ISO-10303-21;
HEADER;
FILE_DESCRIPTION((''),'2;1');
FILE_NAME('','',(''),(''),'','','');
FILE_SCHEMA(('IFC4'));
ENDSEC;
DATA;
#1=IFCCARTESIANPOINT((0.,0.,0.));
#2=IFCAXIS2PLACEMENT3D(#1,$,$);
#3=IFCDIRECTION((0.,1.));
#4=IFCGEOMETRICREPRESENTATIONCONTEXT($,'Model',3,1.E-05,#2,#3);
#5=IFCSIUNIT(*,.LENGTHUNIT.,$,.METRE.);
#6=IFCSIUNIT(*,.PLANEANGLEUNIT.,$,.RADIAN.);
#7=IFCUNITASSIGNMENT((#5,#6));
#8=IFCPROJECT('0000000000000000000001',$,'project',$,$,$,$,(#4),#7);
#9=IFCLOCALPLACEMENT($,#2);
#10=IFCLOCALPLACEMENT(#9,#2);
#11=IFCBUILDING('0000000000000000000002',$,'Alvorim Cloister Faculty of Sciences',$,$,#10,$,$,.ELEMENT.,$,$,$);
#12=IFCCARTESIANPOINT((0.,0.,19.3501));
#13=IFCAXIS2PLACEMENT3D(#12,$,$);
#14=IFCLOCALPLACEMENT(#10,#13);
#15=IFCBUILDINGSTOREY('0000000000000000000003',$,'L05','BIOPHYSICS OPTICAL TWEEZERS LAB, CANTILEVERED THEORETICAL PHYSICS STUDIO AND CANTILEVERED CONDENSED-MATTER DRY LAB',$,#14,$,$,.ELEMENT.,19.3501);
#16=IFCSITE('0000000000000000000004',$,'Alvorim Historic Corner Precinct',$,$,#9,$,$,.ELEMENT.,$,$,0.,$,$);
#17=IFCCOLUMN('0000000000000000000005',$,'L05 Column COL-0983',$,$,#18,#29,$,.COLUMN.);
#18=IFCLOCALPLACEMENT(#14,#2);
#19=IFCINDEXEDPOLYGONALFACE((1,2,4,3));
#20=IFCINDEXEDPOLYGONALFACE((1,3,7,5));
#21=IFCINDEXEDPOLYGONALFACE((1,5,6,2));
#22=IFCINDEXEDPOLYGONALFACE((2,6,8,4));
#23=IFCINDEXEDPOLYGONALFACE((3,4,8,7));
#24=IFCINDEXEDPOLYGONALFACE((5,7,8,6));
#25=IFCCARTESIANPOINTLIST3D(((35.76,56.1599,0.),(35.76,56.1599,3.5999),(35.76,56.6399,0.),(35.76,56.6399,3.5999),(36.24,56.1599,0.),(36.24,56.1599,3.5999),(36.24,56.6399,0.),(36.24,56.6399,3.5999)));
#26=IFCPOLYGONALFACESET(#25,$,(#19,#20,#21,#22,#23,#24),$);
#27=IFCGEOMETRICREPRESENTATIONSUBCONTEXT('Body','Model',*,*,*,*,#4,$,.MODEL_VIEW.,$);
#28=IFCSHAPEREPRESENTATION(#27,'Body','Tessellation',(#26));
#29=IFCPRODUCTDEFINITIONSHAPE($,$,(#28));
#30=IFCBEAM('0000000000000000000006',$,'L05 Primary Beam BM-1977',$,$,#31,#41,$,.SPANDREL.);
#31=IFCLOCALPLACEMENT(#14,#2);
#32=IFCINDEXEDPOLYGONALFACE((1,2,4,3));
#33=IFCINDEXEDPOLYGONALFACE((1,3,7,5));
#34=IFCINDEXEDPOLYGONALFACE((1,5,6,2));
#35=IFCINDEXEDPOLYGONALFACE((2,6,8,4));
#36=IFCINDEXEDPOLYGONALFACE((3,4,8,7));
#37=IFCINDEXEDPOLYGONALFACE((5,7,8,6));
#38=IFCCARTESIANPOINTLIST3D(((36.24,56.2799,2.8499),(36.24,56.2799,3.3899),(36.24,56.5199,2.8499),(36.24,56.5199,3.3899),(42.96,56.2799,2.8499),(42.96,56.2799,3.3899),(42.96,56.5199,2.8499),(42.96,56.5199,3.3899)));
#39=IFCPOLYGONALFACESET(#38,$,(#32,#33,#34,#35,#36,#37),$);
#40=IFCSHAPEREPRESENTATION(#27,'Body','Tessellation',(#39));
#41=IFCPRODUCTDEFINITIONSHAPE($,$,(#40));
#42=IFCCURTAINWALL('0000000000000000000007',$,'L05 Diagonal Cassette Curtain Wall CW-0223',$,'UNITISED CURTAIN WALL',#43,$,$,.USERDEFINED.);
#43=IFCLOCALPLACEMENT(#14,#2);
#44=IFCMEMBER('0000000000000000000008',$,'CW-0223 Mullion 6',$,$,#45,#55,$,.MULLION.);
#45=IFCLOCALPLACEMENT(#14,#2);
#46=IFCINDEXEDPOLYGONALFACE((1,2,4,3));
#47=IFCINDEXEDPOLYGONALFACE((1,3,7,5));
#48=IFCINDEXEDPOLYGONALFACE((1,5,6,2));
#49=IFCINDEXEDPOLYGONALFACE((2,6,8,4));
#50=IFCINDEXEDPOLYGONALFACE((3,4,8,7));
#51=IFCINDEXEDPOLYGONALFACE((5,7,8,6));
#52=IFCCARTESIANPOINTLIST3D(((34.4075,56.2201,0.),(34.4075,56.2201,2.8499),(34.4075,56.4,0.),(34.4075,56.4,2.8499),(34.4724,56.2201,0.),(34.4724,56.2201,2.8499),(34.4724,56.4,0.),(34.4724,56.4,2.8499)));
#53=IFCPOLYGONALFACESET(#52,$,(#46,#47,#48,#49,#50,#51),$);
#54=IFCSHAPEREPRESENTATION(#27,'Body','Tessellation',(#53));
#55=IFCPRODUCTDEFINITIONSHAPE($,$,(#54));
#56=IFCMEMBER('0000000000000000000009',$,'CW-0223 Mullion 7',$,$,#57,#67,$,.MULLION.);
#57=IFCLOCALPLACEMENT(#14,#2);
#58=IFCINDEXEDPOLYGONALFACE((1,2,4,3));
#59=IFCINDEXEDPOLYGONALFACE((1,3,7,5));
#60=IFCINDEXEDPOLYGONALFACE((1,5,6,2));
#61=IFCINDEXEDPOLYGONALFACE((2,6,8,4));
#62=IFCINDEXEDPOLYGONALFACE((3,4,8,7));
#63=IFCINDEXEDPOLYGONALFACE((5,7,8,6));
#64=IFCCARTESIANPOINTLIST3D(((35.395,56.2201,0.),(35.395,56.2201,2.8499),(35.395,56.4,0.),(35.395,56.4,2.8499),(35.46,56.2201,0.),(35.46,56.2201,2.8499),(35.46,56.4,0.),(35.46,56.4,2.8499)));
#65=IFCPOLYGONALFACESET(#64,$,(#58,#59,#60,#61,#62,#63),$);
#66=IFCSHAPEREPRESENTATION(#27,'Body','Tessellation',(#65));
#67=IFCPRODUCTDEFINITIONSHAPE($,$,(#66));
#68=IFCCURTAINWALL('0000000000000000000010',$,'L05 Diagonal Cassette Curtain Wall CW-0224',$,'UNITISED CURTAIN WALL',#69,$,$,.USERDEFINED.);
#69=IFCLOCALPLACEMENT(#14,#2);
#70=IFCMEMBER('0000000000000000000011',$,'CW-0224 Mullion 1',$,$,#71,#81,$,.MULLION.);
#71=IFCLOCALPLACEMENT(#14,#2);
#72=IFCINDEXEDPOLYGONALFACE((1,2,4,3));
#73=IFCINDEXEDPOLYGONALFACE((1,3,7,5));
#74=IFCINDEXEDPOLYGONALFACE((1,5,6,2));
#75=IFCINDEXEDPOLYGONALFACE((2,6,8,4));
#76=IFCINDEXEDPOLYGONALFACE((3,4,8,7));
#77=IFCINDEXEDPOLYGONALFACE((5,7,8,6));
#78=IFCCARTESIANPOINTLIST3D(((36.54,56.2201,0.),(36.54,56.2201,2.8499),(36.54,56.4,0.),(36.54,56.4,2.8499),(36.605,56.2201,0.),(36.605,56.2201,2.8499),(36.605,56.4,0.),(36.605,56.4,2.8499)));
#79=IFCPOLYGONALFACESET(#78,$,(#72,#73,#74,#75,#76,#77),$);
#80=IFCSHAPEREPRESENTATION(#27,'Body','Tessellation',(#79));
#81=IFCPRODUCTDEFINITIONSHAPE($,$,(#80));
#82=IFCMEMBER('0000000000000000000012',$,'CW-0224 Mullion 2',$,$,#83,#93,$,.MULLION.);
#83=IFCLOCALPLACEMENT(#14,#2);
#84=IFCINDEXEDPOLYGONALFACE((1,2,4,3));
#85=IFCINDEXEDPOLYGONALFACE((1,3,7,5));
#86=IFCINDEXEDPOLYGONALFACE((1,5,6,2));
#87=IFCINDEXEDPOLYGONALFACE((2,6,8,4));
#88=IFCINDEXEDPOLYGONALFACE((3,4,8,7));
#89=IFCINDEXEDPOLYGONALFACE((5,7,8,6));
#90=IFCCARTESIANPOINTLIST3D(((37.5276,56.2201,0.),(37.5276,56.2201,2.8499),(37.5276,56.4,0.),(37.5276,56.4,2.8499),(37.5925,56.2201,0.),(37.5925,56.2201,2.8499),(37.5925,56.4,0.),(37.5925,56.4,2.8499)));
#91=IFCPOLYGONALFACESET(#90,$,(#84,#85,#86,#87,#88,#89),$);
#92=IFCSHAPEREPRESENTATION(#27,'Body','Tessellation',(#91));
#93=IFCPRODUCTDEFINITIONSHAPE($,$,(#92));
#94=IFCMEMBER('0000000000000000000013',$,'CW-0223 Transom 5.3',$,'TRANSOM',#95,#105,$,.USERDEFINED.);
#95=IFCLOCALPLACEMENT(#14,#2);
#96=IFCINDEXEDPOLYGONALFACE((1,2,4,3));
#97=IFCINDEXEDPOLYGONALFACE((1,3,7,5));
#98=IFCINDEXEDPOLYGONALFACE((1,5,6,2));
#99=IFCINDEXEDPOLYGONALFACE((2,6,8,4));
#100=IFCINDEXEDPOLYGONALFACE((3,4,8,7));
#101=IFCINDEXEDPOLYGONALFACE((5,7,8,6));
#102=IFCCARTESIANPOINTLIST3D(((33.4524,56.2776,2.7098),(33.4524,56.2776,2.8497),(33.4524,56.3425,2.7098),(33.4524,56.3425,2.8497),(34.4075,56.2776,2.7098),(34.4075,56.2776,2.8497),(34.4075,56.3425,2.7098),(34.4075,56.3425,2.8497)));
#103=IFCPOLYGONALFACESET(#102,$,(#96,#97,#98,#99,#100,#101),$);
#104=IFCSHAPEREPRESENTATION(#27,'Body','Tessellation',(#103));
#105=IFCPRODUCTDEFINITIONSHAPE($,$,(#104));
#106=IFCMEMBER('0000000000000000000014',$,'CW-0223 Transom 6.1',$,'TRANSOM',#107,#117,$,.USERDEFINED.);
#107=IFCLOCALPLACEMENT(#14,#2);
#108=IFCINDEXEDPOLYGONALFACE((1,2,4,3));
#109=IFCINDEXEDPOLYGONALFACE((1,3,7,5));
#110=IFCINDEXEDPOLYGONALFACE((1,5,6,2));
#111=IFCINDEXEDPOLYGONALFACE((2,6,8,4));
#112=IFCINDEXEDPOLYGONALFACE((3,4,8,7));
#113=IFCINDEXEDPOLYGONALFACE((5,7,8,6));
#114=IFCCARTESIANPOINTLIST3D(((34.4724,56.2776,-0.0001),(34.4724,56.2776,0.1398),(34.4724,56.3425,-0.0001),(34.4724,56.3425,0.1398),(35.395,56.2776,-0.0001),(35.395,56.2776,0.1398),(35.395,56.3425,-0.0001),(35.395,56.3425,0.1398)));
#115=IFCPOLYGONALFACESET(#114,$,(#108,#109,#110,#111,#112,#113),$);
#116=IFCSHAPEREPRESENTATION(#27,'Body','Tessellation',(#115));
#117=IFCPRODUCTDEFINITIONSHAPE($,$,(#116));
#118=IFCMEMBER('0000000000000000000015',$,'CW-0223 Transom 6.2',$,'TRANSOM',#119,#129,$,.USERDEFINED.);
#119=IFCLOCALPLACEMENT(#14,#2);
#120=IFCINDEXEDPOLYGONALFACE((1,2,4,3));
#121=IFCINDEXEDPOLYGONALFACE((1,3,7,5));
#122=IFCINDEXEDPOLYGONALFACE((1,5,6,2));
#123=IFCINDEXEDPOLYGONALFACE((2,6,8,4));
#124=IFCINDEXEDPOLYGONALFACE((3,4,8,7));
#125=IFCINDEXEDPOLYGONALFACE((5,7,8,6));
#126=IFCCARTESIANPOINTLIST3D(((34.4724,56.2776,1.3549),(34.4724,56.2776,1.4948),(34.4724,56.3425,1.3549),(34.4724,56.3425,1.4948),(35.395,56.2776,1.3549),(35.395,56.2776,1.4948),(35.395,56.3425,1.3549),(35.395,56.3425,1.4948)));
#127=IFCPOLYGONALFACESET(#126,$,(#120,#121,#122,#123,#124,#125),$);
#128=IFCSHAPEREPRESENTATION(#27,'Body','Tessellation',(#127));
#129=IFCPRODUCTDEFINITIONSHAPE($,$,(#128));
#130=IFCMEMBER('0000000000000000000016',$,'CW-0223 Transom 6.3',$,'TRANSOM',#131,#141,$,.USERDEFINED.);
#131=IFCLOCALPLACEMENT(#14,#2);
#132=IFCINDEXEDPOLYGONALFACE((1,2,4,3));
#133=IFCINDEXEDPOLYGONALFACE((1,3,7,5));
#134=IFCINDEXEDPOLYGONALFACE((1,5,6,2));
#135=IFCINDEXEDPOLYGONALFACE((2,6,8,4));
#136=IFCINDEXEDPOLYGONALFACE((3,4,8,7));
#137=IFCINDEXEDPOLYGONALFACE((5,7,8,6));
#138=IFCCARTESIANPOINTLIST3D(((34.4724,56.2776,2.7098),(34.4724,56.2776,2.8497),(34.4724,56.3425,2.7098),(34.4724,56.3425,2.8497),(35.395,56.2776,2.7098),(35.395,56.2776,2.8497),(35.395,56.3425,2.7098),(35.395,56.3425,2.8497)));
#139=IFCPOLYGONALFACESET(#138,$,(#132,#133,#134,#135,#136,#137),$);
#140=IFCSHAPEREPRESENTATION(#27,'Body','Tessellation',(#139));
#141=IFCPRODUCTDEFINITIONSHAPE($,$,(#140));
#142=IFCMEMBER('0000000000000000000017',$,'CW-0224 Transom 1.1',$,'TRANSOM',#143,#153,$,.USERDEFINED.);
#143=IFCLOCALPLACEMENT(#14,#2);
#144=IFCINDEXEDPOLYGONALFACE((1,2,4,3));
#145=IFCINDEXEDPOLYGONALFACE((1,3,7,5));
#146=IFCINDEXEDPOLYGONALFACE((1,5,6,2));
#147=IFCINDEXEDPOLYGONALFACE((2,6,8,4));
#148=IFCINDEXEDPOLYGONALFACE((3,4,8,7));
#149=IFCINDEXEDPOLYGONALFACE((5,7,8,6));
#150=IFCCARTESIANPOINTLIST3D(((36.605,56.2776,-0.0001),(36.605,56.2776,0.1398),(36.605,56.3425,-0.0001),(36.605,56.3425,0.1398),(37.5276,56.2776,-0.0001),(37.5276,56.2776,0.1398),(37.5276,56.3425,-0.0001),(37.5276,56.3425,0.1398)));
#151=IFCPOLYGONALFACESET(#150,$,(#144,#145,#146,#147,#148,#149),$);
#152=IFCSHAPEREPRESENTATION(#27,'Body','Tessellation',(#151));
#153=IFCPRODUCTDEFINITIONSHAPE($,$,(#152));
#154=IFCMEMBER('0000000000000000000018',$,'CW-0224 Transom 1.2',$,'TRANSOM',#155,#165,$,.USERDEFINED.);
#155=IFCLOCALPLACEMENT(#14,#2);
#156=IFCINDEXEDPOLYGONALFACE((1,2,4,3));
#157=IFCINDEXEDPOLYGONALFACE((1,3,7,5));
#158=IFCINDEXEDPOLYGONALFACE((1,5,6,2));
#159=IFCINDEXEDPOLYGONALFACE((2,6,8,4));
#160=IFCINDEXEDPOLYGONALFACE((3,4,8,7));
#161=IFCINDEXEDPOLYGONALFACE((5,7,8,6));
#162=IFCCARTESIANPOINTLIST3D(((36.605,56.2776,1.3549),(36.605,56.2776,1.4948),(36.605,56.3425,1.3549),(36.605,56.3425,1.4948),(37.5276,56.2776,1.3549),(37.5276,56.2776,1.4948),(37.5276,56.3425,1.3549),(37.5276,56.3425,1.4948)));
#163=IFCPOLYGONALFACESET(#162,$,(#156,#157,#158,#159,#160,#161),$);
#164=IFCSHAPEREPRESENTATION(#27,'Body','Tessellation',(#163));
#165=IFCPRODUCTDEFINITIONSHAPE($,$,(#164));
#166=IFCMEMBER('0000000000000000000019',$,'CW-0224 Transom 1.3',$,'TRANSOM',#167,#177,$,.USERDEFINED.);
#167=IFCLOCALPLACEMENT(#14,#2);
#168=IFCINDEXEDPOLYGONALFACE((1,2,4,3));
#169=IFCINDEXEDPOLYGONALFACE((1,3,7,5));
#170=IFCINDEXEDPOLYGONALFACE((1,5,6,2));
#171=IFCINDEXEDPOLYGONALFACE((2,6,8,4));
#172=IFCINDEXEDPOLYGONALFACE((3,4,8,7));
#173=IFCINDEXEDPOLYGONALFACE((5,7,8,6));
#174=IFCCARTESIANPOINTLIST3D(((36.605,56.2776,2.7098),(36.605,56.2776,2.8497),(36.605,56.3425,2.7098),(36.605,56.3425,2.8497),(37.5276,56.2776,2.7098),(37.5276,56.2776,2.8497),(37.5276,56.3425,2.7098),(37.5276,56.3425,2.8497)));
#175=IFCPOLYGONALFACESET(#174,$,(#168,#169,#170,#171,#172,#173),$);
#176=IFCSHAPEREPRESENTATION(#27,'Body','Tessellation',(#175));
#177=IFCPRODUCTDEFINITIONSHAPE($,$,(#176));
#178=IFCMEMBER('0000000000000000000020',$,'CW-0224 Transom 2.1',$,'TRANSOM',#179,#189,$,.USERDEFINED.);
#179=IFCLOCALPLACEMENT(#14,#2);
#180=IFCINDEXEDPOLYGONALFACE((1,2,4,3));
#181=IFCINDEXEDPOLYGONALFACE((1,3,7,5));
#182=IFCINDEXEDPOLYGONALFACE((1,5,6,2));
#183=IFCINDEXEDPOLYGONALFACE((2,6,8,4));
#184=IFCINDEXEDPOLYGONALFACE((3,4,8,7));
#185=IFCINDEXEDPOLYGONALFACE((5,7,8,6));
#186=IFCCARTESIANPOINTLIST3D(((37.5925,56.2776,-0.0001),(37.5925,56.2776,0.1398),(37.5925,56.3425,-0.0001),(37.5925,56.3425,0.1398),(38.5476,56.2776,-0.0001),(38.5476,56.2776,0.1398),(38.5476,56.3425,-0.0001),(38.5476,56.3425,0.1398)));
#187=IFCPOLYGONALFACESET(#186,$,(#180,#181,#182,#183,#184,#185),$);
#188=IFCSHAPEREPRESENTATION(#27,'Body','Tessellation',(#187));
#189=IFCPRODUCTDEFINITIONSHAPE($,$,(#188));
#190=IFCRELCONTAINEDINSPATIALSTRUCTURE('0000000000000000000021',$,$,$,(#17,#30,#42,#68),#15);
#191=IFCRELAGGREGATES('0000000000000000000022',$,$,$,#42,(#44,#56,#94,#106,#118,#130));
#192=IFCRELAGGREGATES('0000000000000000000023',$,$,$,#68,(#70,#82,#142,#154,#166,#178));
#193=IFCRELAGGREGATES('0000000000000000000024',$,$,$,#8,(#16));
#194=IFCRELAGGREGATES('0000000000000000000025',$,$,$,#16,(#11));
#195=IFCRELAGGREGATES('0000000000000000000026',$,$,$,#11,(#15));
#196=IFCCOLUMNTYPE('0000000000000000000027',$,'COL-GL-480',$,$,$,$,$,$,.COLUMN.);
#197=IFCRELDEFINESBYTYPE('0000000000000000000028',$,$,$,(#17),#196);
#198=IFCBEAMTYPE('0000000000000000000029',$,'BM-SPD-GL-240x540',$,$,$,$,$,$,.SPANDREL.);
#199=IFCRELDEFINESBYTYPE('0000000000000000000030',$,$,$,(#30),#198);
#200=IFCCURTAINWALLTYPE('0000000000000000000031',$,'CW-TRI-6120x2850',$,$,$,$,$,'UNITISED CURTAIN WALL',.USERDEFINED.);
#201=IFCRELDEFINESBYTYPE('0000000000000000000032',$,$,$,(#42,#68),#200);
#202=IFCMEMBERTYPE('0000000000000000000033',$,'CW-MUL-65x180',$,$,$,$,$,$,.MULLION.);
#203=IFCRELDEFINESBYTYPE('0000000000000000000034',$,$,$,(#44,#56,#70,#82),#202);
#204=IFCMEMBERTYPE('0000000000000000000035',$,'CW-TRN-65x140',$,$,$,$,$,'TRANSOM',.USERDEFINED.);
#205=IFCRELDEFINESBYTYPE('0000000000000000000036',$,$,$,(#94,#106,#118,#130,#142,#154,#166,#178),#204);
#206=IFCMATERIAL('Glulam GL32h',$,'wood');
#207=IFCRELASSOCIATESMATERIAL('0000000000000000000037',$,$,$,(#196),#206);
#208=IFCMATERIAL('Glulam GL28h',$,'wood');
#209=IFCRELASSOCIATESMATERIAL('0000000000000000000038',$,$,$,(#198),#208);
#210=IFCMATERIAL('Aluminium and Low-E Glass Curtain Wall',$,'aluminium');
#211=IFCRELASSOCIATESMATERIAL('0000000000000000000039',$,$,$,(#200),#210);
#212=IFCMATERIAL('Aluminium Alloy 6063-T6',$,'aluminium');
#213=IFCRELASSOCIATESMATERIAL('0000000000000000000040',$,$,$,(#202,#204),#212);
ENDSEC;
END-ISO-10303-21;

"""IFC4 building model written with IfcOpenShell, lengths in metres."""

from ifc_helpers import new_model, si_unit, direction, frame, origin, origin_2d, place, context, subcontext, project, spatial, rectangle, extrude, material, material_profile, profile_set, type_object, element, aggregate, save


model = new_model("IFC4")

# Units and contexts
model_context = context("Model", 3, precision=1e-05, world=origin(), true_north=direction((0.0, 1.0)))
body_context = subcontext(model_context, "Body", "Model", "MODEL_VIEW")
ifc_project = project(units=[si_unit("LENGTHUNIT", "METRE"), si_unit("PLANEANGLEUNIT", "RADIAN")], contexts=[model_context])

# Site, building, storey
site_placement = place(None, origin())
site = spatial("IfcSite", under=ifc_project, at=site_placement, Name="Alvorim Historic Corner Precinct", CompositionType="ELEMENT", RefElevation=0.0)
building_placement = place(site_placement, origin())
building = spatial("IfcBuilding", under=site, at=building_placement, Name="Alvorim Cloister Faculty of Sciences", CompositionType="ELEMENT")
storey_placement = place(building_placement, frame((0.0, 0.0, 19.3501)))
storey = spatial("IfcBuildingStorey", under=building, at=storey_placement, Name="L05", Description="BIOPHYSICS OPTICAL TWEEZERS LAB, CANTILEVERED THEORETICAL PHYSICS STUDIO AND CANTILEVERED CONDENSED-MATTER DRY LAB", CompositionType="ELEMENT", Elevation=19.3501)

# Column
ifc_material_1 = material(Name="Glulam GL32h", Category="wood")
ifc_material_profile_1 = material_profile(ifc_material_1, rectangle(XDim=0.48, YDim=0.48, at=origin_2d()), Name="GL32-COL-480x480")
ifc_profile_set_1 = profile_set([ifc_material_profile_1], Name="Glulam GL32h")
column_type = type_object("IfcColumnType", Name="COL-GL-480", PredefinedType="COLUMN", material=ifc_profile_set_1)
column_placement = place(storey_placement, frame((36.0, 56.3999, 0.0), z_axis=(0.0, 0.0, 1.0), x_axis=(1.0, 0.0, 0.0)))
element("IfcColumn", 1, at=column_placement, inside=storey, type_object=column_type, Name="L05 Column COL-0983", PredefinedType="COLUMN", context=body_context, shape_type="SweptSolid", body=[
    extrude(rectangle(XDim=0.48, YDim=0.48, at=origin_2d()), origin(), (0.0, 0.0, 1.0), 3.5999),
])

# Beam
ifc_material_2 = material(Name="Glulam GL28h", Category="wood")
ifc_material_profile_2 = material_profile(ifc_material_2, rectangle(XDim=0.24, YDim=0.54, at=origin_2d()), Name="GL28-SPD-240x540")
ifc_profile_set_2 = profile_set([ifc_material_profile_2], Name="Glulam GL28h")
beam_type = type_object("IfcBeamType", Name="BM-SPD-GL-240x540", PredefinedType="SPANDREL", material=ifc_profile_set_2)
beam_placement = place(storey_placement, frame((36.24, 56.3999, 3.1199), z_axis=(1.0, 0.0, 0.0), x_axis=(0.0, 1.0, 0.0)))
element("IfcBeam", 2, at=beam_placement, inside=storey, type_object=beam_type, Name="L05 Primary Beam BM-1977", PredefinedType="SPANDREL", context=body_context, shape_type="SweptSolid", body=[
    extrude(rectangle(XDim=0.24, YDim=0.54, at=origin_2d()), origin(), (0.0, 0.0, 1.0), 6.72),
])

# Curtain walls, members
ifc_material_3 = material(Name="Aluminium and Low-E Glass Curtain Wall", Category="aluminium")
curtain_wall_type = type_object("IfcCurtainWallType", Name="CW-TRI-6120x2850", ElementType="UNITISED CURTAIN WALL", PredefinedType="USERDEFINED", material=ifc_material_3)
curtain_wall_1_placement = place(storey_placement, origin())
curtain_wall_1 = element("IfcCurtainWall", 3, at=curtain_wall_1_placement, inside=storey, type_object=curtain_wall_type, Name="L05 Diagonal Cassette Curtain Wall CW-0223", ObjectType="UNITISED CURTAIN WALL", PredefinedType="USERDEFINED")
ifc_material_4 = material(Name="Aluminium Alloy 6063-T6", Category="aluminium")
ifc_material_profile_3 = material_profile(ifc_material_4, rectangle(XDim=0.0649, YDim=0.1799, at=origin_2d()), Name="ALU-MUL-65x180")
ifc_profile_set_3 = profile_set([ifc_material_profile_3], Name="Aluminium Alloy 6063-T6")
member_type_1 = type_object("IfcMemberType", Name="CW-MUL-65x180", PredefinedType="MULLION", material=ifc_profile_set_3)
member_1_placement = place(storey_placement, frame((34.4399, 56.3101, 0.0), z_axis=(0.0, 0.0, 1.0), x_axis=(1.0, 0.0, 0.0)))
member_1 = element("IfcMember", 4, at=member_1_placement, type_object=member_type_1, Name="CW-0223 Mullion 6", PredefinedType="MULLION", context=body_context, shape_type="SweptSolid", body=[
    extrude(rectangle(XDim=0.0649, YDim=0.1799, at=origin_2d()), origin(), (0.0, 0.0, 1.0), 2.8499),
])
member_2_placement = place(storey_placement, frame((35.4275, 56.3101, 0.0), z_axis=(0.0, 0.0, 1.0), x_axis=(1.0, 0.0, 0.0)))
member_2 = element("IfcMember", 5, at=member_2_placement, type_object=member_type_1, Name="CW-0223 Mullion 7", PredefinedType="MULLION", context=body_context, shape_type="SweptSolid", body=[
    extrude(rectangle(XDim=0.0649, YDim=0.1799, at=origin_2d()), origin(), (0.0, 0.0, 1.0), 2.8499),
])
curtain_wall_2_placement = place(storey_placement, origin())
curtain_wall_2 = element("IfcCurtainWall", 6, at=curtain_wall_2_placement, inside=storey, type_object=curtain_wall_type, Name="L05 Diagonal Cassette Curtain Wall CW-0224", ObjectType="UNITISED CURTAIN WALL", PredefinedType="USERDEFINED")
member_3_placement = place(storey_placement, frame((36.5725, 56.3101, 0.0), z_axis=(0.0, 0.0, 1.0), x_axis=(1.0, 0.0, 0.0)))
member_3 = element("IfcMember", 7, at=member_3_placement, type_object=member_type_1, Name="CW-0224 Mullion 1", PredefinedType="MULLION", context=body_context, shape_type="SweptSolid", body=[
    extrude(rectangle(XDim=0.0649, YDim=0.1799, at=origin_2d()), origin(), (0.0, 0.0, 1.0), 2.8499),
])
member_4_placement = place(storey_placement, frame((37.5601, 56.3101, 0.0), z_axis=(0.0, 0.0, 1.0), x_axis=(1.0, 0.0, 0.0)))
member_4 = element("IfcMember", 8, at=member_4_placement, type_object=member_type_1, Name="CW-0224 Mullion 2", PredefinedType="MULLION", context=body_context, shape_type="SweptSolid", body=[
    extrude(rectangle(XDim=0.0649, YDim=0.1799, at=origin_2d()), origin(), (0.0, 0.0, 1.0), 2.8499),
])

# Members
ifc_material_profile_4 = material_profile(ifc_material_4, rectangle(XDim=0.0649, YDim=0.1399, at=origin_2d()), Name="ALU-TRN-65x140")
ifc_profile_set_4 = profile_set([ifc_material_profile_4], Name="Aluminium Alloy 6063-T6")
member_type_2 = type_object("IfcMemberType", Name="CW-TRN-65x140", ElementType="TRANSOM", PredefinedType="USERDEFINED", material=ifc_profile_set_4)
member_5_placement = place(storey_placement, frame((33.4524, 56.3101, 2.7798), z_axis=(1.0, 0.0, 0.0), x_axis=(0.0, 1.0, 0.0)))
member_5 = element("IfcMember", 9, at=member_5_placement, type_object=member_type_2, Name="CW-0223 Transom 5.3", ObjectType="TRANSOM", PredefinedType="USERDEFINED", context=body_context, shape_type="SweptSolid", body=[
    extrude(rectangle(XDim=0.0649, YDim=0.1399, at=origin_2d()), origin(), (0.0, 0.0, 1.0), 0.9551),
])
member_6_placement = place(storey_placement, frame((34.4724, 56.3101, 0.0698), z_axis=(1.0, 0.0, 0.0), x_axis=(0.0, 1.0, 0.0)))
member_6 = element("IfcMember", 10, at=member_6_placement, type_object=member_type_2, Name="CW-0223 Transom 6.1", ObjectType="TRANSOM", PredefinedType="USERDEFINED", context=body_context, shape_type="SweptSolid", body=[
    extrude(rectangle(XDim=0.0649, YDim=0.1399, at=origin_2d()), origin(), (0.0, 0.0, 1.0), 0.9226),
])
member_7_placement = place(storey_placement, frame((34.4724, 56.3101, 1.4248), z_axis=(1.0, 0.0, 0.0), x_axis=(0.0, 1.0, 0.0)))
member_7 = element("IfcMember", 11, at=member_7_placement, type_object=member_type_2, Name="CW-0223 Transom 6.2", ObjectType="TRANSOM", PredefinedType="USERDEFINED", context=body_context, shape_type="SweptSolid", body=[
    extrude(rectangle(XDim=0.0649, YDim=0.1399, at=origin_2d()), origin(), (0.0, 0.0, 1.0), 0.9226),
])
member_8_placement = place(storey_placement, frame((34.4724, 56.3101, 2.7798), z_axis=(1.0, 0.0, 0.0), x_axis=(0.0, 1.0, 0.0)))
member_8 = element("IfcMember", 12, at=member_8_placement, type_object=member_type_2, Name="CW-0223 Transom 6.3", ObjectType="TRANSOM", PredefinedType="USERDEFINED", context=body_context, shape_type="SweptSolid", body=[
    extrude(rectangle(XDim=0.0649, YDim=0.1399, at=origin_2d()), origin(), (0.0, 0.0, 1.0), 0.9226),
])
member_9_placement = place(storey_placement, frame((36.605, 56.3101, 0.0698), z_axis=(1.0, 0.0, 0.0), x_axis=(0.0, 1.0, 0.0)))
member_9 = element("IfcMember", 13, at=member_9_placement, type_object=member_type_2, Name="CW-0224 Transom 1.1", ObjectType="TRANSOM", PredefinedType="USERDEFINED", context=body_context, shape_type="SweptSolid", body=[
    extrude(rectangle(XDim=0.0649, YDim=0.1399, at=origin_2d()), origin(), (0.0, 0.0, 1.0), 0.9226),
])
member_10_placement = place(storey_placement, frame((36.605, 56.3101, 1.4248), z_axis=(1.0, 0.0, 0.0), x_axis=(0.0, 1.0, 0.0)))
member_10 = element("IfcMember", 14, at=member_10_placement, type_object=member_type_2, Name="CW-0224 Transom 1.2", ObjectType="TRANSOM", PredefinedType="USERDEFINED", context=body_context, shape_type="SweptSolid", body=[
    extrude(rectangle(XDim=0.0649, YDim=0.1399, at=origin_2d()), origin(), (0.0, 0.0, 1.0), 0.9226),
])
member_11_placement = place(storey_placement, frame((36.605, 56.3101, 2.7798), z_axis=(1.0, 0.0, 0.0), x_axis=(0.0, 1.0, 0.0)))
member_11 = element("IfcMember", 15, at=member_11_placement, type_object=member_type_2, Name="CW-0224 Transom 1.3", ObjectType="TRANSOM", PredefinedType="USERDEFINED", context=body_context, shape_type="SweptSolid", body=[
    extrude(rectangle(XDim=0.0649, YDim=0.1399, at=origin_2d()), origin(), (0.0, 0.0, 1.0), 0.9226),
])
member_12_placement = place(storey_placement, frame((37.5925, 56.3101, 0.0698), z_axis=(1.0, 0.0, 0.0), x_axis=(0.0, 1.0, 0.0)))
member_12 = element("IfcMember", 16, at=member_12_placement, type_object=member_type_2, Name="CW-0224 Transom 2.1", ObjectType="TRANSOM", PredefinedType="USERDEFINED", context=body_context, shape_type="SweptSolid", body=[
    extrude(rectangle(XDim=0.0649, YDim=0.1399, at=origin_2d()), origin(), (0.0, 0.0, 1.0), 0.9551),
])

aggregate(curtain_wall_1, [member_1, member_2, member_5, member_6, member_7, member_8])
aggregate(curtain_wall_2, [member_3, member_4, member_9, member_10, member_11, member_12])

save(model, "model.ifc")
